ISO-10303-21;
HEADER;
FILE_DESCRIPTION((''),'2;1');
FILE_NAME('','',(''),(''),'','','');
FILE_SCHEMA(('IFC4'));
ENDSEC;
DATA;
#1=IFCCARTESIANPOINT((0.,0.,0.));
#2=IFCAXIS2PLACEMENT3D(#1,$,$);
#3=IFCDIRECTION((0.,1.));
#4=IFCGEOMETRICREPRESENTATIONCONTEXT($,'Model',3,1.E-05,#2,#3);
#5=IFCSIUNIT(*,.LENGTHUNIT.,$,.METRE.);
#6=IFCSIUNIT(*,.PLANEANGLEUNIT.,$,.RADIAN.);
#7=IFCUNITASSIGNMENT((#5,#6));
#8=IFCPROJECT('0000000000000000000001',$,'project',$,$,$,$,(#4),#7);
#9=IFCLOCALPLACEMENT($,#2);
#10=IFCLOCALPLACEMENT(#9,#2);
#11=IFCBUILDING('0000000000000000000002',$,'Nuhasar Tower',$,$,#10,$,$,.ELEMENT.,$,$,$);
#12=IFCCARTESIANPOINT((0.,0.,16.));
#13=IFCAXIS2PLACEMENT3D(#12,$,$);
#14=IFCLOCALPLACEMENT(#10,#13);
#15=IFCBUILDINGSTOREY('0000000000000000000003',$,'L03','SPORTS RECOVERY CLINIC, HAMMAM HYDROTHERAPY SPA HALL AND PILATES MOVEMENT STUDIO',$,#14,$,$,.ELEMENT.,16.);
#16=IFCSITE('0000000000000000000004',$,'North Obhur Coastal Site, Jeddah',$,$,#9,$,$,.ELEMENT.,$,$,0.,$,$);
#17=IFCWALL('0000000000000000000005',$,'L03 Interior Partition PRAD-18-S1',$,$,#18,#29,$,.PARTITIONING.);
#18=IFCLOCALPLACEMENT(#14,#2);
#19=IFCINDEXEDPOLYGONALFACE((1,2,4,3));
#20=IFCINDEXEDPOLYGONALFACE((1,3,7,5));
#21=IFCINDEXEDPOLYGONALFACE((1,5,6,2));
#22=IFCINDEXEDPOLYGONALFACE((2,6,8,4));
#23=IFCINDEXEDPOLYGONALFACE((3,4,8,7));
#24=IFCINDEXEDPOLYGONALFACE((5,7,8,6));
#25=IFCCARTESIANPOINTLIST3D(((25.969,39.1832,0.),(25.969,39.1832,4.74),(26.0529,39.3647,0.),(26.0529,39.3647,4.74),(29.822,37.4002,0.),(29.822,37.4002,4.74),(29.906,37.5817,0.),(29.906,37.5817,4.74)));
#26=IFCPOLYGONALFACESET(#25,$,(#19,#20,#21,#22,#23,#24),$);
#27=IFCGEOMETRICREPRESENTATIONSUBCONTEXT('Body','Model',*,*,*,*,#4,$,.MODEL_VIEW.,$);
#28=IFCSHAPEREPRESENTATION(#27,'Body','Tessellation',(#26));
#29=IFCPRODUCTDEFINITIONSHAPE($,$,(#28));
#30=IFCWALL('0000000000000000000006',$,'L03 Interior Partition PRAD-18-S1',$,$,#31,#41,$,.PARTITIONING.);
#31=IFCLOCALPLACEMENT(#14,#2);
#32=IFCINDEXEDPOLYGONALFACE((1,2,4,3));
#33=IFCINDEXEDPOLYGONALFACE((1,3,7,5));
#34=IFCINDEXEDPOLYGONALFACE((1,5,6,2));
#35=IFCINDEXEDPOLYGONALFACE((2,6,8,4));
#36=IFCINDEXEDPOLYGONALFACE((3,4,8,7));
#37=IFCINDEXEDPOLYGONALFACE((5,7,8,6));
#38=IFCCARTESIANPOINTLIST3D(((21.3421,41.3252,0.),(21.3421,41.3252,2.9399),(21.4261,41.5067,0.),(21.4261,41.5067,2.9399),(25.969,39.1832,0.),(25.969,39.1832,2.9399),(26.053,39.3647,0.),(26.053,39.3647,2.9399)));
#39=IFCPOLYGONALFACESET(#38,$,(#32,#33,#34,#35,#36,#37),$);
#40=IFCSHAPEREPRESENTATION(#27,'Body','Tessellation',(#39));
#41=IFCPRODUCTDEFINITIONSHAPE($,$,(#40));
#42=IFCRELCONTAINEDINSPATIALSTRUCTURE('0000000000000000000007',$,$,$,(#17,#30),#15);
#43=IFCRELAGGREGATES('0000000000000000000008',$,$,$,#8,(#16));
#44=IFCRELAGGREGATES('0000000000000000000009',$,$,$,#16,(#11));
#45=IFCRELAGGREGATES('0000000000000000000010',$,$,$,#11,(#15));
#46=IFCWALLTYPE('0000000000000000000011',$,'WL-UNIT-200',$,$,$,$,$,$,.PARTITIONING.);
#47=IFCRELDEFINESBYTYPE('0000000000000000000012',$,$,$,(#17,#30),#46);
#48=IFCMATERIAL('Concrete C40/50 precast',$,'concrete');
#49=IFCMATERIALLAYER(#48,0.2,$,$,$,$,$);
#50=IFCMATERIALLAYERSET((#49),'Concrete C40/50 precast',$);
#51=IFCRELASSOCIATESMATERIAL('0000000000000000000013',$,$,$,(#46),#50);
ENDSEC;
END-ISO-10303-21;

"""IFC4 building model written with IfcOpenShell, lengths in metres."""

from ifc_helpers import new_model, si_unit, direction, frame, frame_2d, origin, place, context, subcontext, project, spatial, rectangle, extrude, material, layer, layer_set, type_object, element, save


model = new_model("IFC4")

# Units and contexts
model_context = context("Model", 3, precision=1e-05, world=origin(), true_north=direction((0.0, 1.0)))
body_context = subcontext(model_context, "Body", "Model", "MODEL_VIEW")
ifc_project = project(units=[si_unit("LENGTHUNIT", "METRE"), si_unit("PLANEANGLEUNIT", "RADIAN")], contexts=[model_context])

# Site, building, storey
site_placement = place(None, origin())
site = spatial("IfcSite", under=ifc_project, at=site_placement, Name="North Obhur Coastal Site, Jeddah", CompositionType="ELEMENT", RefElevation=0.0)
building_placement = place(site_placement, origin())
building = spatial("IfcBuilding", under=site, at=building_placement, Name="Nuhasar Tower", CompositionType="ELEMENT")
storey_placement = place(building_placement, frame((0.0, 0.0, 16.0)))
storey = spatial("IfcBuildingStorey", under=building, at=storey_placement, Name="L03", Description="SPORTS RECOVERY CLINIC, HAMMAM HYDROTHERAPY SPA HALL AND PILATES MOVEMENT STUDIO", CompositionType="ELEMENT", Elevation=16.0)

# Walls
ifc_material_1 = material(Name="Concrete C40/50 precast", Category="concrete")
ifc_layer_1 = layer(ifc_material_1, 0.2)
ifc_layer_set_1 = layer_set([ifc_layer_1], Name="Concrete C40/50 precast")
wall_type_1 = type_object("IfcWallType", Name="WL-UNIT-200", PredefinedType="PARTITIONING", material=ifc_layer_set_1)
wall_1_placement = place(storey_placement, frame((29.864, 37.491, 0.0), z_axis=(0.0, 0.0, 1.0), x_axis=(-0.907543, 0.419959, 0.0)))
element("IfcWall", 1, at=wall_1_placement, inside=storey, type_object=wall_type_1, Name="L03 Interior Partition PRAD-18-S1", PredefinedType="PARTITIONING", context=body_context, shape_type="SweptSolid", body=[
    extrude(rectangle(XDim=4.2456, YDim=0.2, at=frame_2d((2.1228, 0.0))), origin(), (0.0, 0.0, 1.0), 4.74),
])
wall_2_placement = place(storey_placement, frame((26.011, 39.2739, 0.0), z_axis=(0.0, 0.0, 1.0), x_axis=(-0.907468, 0.420121, 0.0)))
element("IfcWall", 2, at=wall_2_placement, inside=storey, type_object=wall_type_1, Name="L03 Interior Partition PRAD-18-S1", PredefinedType="PARTITIONING", context=body_context, shape_type="SweptSolid", body=[
    extrude(rectangle(XDim=5.0986, YDim=0.2, at=frame_2d((2.5493, 0.0))), origin(), (0.0, 0.0, 1.0), 2.9399),
])

save(model, "model.ifc")
